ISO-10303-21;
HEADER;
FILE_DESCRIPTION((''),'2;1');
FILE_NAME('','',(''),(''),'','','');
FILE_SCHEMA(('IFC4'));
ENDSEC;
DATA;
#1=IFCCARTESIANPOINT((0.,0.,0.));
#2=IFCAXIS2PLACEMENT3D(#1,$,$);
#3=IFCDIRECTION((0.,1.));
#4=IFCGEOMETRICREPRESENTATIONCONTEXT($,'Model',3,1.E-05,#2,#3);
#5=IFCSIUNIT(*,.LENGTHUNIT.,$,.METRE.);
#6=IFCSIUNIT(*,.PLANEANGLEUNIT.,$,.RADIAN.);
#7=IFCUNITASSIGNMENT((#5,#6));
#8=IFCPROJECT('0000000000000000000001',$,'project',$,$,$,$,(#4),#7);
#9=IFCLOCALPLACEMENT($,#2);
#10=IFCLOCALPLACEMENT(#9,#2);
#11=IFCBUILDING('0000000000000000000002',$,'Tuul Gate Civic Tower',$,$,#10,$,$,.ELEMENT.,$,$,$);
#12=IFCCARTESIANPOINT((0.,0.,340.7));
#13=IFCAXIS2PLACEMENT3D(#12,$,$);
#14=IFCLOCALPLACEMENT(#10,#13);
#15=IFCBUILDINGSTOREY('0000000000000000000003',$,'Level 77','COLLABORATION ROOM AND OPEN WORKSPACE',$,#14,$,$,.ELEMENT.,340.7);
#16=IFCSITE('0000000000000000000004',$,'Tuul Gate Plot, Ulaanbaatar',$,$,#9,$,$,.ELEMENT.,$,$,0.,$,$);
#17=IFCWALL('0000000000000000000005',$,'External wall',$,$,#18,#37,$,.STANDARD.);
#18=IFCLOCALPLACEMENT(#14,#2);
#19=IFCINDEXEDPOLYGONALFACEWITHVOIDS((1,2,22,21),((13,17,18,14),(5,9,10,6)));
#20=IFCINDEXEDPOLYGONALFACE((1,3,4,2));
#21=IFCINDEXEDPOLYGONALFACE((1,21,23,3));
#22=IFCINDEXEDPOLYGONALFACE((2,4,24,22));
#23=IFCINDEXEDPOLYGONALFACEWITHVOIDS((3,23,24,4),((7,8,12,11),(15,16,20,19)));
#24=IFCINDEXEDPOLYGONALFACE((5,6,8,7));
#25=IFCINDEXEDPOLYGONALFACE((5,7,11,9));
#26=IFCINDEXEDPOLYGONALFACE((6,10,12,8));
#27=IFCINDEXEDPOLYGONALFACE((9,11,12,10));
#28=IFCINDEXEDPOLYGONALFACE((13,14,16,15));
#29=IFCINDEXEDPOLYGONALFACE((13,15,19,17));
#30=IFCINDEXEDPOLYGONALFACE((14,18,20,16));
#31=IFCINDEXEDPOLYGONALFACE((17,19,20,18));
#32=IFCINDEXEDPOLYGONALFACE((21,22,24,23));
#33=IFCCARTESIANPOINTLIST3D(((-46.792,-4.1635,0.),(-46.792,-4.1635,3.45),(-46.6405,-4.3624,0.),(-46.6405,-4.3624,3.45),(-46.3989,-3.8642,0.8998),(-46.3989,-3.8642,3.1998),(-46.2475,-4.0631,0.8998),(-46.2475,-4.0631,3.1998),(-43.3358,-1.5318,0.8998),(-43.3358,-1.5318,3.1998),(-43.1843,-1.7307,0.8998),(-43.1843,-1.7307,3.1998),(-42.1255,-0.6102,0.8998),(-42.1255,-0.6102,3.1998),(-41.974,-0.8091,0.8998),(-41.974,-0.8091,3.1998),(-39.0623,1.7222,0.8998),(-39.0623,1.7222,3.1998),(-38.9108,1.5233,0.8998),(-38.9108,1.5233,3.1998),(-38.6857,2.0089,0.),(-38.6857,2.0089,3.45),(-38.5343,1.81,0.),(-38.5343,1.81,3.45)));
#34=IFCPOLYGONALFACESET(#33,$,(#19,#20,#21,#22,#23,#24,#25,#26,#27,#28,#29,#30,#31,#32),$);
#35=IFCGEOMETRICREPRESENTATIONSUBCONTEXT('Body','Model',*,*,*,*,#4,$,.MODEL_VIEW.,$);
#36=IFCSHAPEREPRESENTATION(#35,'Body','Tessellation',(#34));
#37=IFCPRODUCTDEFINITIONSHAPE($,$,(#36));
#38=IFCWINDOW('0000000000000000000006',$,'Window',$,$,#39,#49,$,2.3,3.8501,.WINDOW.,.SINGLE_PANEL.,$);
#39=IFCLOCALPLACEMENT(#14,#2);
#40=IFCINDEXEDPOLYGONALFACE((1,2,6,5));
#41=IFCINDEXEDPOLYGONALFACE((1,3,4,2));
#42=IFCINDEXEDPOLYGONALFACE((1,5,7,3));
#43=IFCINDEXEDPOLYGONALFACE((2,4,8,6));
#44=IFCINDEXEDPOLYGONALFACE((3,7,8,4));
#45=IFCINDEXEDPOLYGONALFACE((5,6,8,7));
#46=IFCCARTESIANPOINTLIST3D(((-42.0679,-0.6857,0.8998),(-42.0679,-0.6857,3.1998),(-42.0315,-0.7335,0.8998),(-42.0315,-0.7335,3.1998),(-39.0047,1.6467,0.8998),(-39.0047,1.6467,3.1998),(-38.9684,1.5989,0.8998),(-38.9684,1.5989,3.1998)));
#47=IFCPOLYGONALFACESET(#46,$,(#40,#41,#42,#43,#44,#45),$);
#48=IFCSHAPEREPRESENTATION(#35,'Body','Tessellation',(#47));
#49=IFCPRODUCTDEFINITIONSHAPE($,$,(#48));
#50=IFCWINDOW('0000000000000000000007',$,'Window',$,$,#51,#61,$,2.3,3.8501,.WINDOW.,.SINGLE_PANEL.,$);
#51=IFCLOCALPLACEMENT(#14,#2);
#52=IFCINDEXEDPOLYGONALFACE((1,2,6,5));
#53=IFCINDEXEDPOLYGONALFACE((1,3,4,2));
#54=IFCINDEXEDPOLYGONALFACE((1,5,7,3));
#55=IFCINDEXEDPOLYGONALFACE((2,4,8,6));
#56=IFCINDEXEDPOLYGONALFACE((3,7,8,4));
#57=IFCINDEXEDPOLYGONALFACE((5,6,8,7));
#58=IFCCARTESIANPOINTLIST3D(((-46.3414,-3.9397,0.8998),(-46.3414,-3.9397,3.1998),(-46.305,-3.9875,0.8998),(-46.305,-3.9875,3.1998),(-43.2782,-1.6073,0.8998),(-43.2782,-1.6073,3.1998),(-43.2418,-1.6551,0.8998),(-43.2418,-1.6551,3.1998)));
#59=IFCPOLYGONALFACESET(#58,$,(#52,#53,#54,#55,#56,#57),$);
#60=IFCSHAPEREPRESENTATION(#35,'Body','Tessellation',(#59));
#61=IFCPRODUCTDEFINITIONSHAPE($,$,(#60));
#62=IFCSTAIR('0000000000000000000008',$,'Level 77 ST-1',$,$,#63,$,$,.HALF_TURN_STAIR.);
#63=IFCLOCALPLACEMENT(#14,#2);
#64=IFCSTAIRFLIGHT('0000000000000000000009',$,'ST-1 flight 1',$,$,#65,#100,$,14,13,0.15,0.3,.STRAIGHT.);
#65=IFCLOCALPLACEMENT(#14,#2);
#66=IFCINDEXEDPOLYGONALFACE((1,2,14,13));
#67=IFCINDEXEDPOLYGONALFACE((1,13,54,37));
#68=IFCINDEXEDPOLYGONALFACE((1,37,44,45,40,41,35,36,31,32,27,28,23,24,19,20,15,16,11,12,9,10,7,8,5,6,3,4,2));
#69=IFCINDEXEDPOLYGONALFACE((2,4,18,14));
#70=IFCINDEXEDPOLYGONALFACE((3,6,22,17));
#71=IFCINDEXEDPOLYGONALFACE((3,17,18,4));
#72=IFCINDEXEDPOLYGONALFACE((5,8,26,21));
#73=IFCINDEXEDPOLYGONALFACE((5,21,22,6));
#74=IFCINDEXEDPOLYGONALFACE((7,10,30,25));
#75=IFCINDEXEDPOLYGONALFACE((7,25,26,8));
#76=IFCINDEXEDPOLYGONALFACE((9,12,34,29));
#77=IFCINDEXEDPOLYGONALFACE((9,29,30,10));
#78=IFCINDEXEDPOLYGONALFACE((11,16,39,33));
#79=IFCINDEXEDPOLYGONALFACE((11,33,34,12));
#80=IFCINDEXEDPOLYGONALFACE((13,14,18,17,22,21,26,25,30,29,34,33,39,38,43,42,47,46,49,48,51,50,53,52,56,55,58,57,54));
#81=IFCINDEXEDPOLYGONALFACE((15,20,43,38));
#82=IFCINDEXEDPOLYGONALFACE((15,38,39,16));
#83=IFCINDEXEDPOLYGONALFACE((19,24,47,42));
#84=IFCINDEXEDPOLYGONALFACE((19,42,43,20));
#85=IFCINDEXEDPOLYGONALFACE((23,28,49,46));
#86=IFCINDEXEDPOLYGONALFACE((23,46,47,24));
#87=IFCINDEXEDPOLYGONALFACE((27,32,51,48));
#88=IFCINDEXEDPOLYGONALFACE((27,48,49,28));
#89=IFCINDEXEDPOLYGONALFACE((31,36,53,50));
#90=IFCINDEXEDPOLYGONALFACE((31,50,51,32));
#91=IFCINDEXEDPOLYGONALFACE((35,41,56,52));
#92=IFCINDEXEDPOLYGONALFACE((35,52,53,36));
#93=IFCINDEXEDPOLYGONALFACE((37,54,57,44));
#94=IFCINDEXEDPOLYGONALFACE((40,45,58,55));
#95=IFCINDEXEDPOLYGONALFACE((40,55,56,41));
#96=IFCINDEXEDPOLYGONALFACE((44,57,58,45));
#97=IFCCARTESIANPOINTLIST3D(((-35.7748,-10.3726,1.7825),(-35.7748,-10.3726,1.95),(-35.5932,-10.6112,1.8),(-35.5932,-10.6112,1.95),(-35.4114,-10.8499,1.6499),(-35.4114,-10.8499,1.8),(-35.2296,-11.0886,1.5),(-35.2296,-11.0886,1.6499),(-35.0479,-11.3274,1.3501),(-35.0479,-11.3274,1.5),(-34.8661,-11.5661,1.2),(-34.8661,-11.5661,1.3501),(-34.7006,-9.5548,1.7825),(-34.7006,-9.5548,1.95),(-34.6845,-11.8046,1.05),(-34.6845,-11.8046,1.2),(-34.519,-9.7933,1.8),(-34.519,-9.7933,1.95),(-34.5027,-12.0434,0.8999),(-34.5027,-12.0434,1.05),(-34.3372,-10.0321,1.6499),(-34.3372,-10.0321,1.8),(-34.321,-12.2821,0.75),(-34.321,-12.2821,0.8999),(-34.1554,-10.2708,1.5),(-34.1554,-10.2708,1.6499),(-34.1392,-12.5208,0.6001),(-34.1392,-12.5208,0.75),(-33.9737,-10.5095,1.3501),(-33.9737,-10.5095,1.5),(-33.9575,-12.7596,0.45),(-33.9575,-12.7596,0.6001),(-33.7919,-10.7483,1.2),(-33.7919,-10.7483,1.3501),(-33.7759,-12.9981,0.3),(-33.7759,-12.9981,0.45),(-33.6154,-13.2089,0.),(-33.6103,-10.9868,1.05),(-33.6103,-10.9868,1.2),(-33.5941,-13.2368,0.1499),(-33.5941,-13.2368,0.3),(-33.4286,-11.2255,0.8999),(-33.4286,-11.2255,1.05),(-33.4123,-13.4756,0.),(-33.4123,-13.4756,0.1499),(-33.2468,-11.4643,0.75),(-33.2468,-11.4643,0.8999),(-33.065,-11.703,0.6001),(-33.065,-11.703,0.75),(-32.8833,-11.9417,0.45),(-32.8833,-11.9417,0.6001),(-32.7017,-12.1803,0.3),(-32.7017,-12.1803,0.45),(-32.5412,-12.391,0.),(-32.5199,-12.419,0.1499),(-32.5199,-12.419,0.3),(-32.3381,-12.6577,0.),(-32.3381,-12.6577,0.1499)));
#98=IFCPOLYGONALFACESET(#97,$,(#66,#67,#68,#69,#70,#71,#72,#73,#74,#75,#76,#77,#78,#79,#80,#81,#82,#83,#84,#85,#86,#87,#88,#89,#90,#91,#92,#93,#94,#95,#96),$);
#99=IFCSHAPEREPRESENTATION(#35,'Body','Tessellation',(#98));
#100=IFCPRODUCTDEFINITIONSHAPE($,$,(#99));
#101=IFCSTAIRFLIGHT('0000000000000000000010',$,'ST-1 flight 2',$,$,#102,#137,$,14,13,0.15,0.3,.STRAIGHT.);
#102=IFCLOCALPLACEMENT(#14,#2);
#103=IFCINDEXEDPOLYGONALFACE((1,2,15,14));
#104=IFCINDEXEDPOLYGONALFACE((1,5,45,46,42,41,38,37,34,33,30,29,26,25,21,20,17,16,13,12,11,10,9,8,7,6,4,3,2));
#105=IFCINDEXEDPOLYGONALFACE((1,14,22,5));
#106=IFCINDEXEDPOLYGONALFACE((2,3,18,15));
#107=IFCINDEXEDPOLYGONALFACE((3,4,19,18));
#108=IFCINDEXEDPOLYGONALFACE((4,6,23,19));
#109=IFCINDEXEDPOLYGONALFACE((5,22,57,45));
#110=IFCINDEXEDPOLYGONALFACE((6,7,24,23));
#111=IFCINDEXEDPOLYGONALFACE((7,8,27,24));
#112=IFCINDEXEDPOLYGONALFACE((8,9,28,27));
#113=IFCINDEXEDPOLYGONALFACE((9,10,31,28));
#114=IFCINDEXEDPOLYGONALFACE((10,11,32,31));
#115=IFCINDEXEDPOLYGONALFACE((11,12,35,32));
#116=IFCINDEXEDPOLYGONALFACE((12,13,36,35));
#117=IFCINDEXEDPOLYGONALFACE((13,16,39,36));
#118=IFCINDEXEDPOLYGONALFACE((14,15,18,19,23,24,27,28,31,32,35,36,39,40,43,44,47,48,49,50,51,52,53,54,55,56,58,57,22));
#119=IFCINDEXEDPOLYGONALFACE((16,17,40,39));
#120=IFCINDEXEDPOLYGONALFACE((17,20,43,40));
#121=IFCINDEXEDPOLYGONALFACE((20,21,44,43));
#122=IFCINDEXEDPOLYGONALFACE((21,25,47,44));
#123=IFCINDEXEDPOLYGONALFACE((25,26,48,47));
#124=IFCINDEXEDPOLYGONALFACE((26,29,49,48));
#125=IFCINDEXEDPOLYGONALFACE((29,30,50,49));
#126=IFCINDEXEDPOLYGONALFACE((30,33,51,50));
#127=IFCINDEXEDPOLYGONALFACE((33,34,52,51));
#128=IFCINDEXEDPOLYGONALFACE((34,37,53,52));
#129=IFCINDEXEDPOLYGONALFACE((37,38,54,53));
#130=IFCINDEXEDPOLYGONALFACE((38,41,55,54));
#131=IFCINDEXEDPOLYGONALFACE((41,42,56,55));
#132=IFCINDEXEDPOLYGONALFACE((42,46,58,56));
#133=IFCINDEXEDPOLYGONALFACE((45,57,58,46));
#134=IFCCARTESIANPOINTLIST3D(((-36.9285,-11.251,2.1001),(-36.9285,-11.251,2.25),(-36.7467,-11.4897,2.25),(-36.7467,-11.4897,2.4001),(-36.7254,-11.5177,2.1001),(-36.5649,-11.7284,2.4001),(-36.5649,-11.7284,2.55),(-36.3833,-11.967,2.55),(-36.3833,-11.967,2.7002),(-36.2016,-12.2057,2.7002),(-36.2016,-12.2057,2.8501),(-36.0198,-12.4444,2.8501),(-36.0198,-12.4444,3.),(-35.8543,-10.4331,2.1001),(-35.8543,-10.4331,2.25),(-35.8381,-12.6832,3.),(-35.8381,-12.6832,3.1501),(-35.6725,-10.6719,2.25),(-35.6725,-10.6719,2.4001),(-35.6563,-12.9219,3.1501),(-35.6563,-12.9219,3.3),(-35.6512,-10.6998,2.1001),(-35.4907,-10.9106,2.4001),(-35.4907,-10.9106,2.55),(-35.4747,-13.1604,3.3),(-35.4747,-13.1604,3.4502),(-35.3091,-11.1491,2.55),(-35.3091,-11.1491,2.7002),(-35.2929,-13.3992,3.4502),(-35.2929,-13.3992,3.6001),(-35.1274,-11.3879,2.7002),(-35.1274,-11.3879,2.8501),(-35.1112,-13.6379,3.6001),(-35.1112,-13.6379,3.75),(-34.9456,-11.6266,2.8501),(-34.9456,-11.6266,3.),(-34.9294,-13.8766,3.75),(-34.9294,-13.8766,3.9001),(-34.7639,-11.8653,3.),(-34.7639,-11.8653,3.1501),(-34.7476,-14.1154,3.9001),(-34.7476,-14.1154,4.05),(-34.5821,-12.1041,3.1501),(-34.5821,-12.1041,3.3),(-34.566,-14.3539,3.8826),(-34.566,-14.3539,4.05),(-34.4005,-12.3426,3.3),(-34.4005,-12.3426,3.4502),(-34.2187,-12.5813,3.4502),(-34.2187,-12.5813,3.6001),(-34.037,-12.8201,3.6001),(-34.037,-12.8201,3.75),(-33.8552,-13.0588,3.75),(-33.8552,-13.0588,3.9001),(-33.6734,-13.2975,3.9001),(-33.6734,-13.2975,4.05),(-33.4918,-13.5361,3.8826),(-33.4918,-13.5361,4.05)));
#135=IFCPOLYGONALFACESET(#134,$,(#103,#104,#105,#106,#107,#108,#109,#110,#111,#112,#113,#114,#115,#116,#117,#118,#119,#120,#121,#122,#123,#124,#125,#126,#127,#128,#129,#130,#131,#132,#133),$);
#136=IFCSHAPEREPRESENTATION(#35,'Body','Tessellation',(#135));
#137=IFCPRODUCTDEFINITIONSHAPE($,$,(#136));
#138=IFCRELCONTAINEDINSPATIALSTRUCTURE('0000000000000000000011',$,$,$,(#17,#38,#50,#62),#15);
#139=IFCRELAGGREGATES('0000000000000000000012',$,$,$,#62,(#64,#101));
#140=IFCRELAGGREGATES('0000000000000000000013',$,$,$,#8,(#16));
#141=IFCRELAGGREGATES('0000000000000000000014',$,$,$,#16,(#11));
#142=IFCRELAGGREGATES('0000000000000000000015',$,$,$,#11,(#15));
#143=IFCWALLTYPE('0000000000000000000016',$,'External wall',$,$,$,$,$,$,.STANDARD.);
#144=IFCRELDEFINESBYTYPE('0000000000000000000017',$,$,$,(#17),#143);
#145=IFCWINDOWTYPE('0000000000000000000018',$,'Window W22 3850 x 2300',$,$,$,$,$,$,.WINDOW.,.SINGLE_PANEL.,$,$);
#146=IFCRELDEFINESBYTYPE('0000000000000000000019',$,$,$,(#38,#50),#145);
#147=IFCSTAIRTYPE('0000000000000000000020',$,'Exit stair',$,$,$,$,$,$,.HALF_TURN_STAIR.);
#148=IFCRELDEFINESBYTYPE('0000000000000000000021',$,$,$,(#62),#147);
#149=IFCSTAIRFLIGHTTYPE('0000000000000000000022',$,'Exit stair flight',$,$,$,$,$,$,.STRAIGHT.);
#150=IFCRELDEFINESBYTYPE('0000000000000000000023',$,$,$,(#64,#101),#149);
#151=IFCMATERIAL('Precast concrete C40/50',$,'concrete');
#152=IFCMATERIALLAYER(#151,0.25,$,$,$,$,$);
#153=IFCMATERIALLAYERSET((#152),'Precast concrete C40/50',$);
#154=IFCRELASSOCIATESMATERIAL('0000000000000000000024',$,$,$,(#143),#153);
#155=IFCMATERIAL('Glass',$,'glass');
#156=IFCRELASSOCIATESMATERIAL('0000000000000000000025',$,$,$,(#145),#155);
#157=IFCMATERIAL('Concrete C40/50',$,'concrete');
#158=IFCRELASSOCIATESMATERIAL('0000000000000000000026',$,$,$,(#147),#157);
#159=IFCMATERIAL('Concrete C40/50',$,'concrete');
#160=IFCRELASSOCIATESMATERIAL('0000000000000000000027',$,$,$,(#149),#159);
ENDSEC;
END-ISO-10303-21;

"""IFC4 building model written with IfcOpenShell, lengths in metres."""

from ifc_helpers import new_model, si_unit, direction, frame, frame_2d, origin, place, context, subcontext, project, spatial, polyline, rectangle, outline, extrude, material, layer, layer_set, type_object, element, fill, aggregate, save


model = new_model("IFC4")

# Units and contexts
model_context = context("Model", 3, precision=1e-05, world=origin(), true_north=direction((0.0, 1.0)))
body_context = subcontext(model_context, "Body", "Model", "MODEL_VIEW")
ifc_project = project(units=[si_unit("LENGTHUNIT", "METRE"), si_unit("PLANEANGLEUNIT", "RADIAN")], contexts=[model_context])

# Site, building, storey
site_placement = place(None, origin())
site = spatial("IfcSite", under=ifc_project, at=site_placement, Name="Tuul Gate Plot, Ulaanbaatar", CompositionType="ELEMENT", RefElevation=0.0)
building_placement = place(site_placement, origin())
building = spatial("IfcBuilding", under=site, at=building_placement, Name="Tuul Gate Civic Tower", CompositionType="ELEMENT")
storey_placement = place(building_placement, frame((0.0, 0.0, 340.7)))
storey = spatial("IfcBuildingStorey", under=building, at=storey_placement, Name="Level 77", Description="COLLABORATION ROOM AND OPEN WORKSPACE", CompositionType="ELEMENT", Elevation=340.7)

# Wall, openings, windows
ifc_material_1 = material(Name="Precast concrete C40/50", Category="concrete")
ifc_layer_1 = layer(ifc_material_1, 0.25)
ifc_layer_set_1 = layer_set([ifc_layer_1], Name="Precast concrete C40/50")
wall_type_1 = type_object("IfcWallType", Name="External wall", PredefinedType="STANDARD", material=ifc_layer_set_1)
wall_1_placement = place(storey_placement, frame((-38.6101, 1.9094, 0.0), z_axis=(0.0, 0.0, 1.0), x_axis=(-0.795611, -0.605808, 0.0)))
wall_1 = element("IfcWall", 1, at=wall_1_placement, inside=storey, type_object=wall_type_1, Name="External wall", PredefinedType="STANDARD", context=body_context, shape_type="SweptSolid", body=[
    extrude(rectangle(XDim=10.1887, YDim=0.25, at=frame_2d((5.0942, 0.0))), origin(), (0.0, 0.0, 1.0), 3.45),
])
opening_1_placement = place(wall_1_placement, frame((0.4731, 0.0, 0.8999)))
opening_1 = element("IfcOpeningElement", 2, at=opening_1_placement, cuts=wall_1, PredefinedType="OPENING", context=body_context, shape_type="SweptSolid", body=[
    extrude(rectangle(XDim=3.8501, YDim=2.3, at=frame_2d((1.925, 1.1499))), frame((0.0, 0.135, 0.0), z_axis=(0.0, -1.0, 0.0), x_axis=(1.0, 0.0, 0.0)), (0.0, 0.0, 1.0), 0.27),
])
opening_2_placement = place(wall_1_placement, frame((5.8445, 0.0, 0.8999)))
opening_2 = element("IfcOpeningElement", 3, at=opening_2_placement, cuts=wall_1, PredefinedType="OPENING", context=body_context, shape_type="SweptSolid", body=[
    extrude(rectangle(XDim=3.8501, YDim=2.3, at=frame_2d((1.925, 1.1499))), frame((0.0, 0.135, 0.0), z_axis=(0.0, -1.0, 0.0), x_axis=(1.0, 0.0, 0.0)), (0.0, 0.0, 1.0), 0.27),
])
ifc_material_2 = material(Name="Glass", Category="glass")
window_type = type_object("IfcWindowType", Name="Window W22 3850 x 2300", PartitioningType="SINGLE_PANEL", PredefinedType="WINDOW", material=ifc_material_2)
window_1_placement = place(opening_1_placement, origin())
window_1 = element("IfcWindow", 4, at=window_1_placement, inside=storey, type_object=window_type, Name="Window", OverallHeight=2.3, OverallWidth=3.8501, PartitioningType="SINGLE_PANEL", PredefinedType="WINDOW", context=body_context, shape_type="SweptSolid", body=[
    extrude(rectangle(XDim=3.8501, YDim=2.3, at=frame_2d((1.925, 1.1499))), frame((0.0, 0.03, 0.0), z_axis=(0.0, -1.0, 0.0), x_axis=(1.0, 0.0, 0.0)), (0.0, 0.0, 1.0), 0.0601),
])
fill(opening_1, window_1)
window_2_placement = place(opening_2_placement, origin())
window_2 = element("IfcWindow", 5, at=window_2_placement, inside=storey, type_object=window_type, Name="Window", OverallHeight=2.3, OverallWidth=3.8501, PartitioningType="SINGLE_PANEL", PredefinedType="WINDOW", context=body_context, shape_type="SweptSolid", body=[
    extrude(rectangle(XDim=3.8501, YDim=2.3, at=frame_2d((1.925, 1.1499))), frame((0.0, 0.03, 0.0), z_axis=(0.0, -1.0, 0.0), x_axis=(1.0, 0.0, 0.0)), (0.0, 0.0, 1.0), 0.0601),
])
fill(opening_2, window_2)

# Stair, stair flights
ifc_material_3 = material(Name="Concrete C40/50", Category="concrete")
stair_type = type_object("IfcStairType", Name="Exit stair", PredefinedType="HALF_TURN_STAIR", material=ifc_material_3)
stair_placement = place(storey_placement, origin())
stair = element("IfcStair", 6, at=stair_placement, inside=storey, type_object=stair_type, Name="Level 77 ST-1", PredefinedType="HALF_TURN_STAIR")
ifc_material_4 = material(Name="Concrete C40/50", Category="concrete")
stair_flight_type = type_object("IfcStairFlightType", Name="Exit stair flight", PredefinedType="STRAIGHT", material=ifc_material_4)
stair_flight_1_placement = place(storey_placement, frame((-32.8752, -13.0667, 0.0), z_axis=(0.0, 0.0, 1.0), x_axis=(-0.605764, 0.795644, 0.0)))
stair_flight_1 = element("IfcStairFlight", 7, at=stair_flight_1_placement, type_object=stair_flight_type, Name="ST-1 flight 1", NumberOfRisers=14, NumberOfTreads=13, PredefinedType="STRAIGHT", RiserHeight=0.15, TreadLength=0.3, context=body_context, shape_type="SweptSolid", body=[
    extrude(outline(polyline([(0.0, 0.0), (0.0, 0.1499), (0.3, 0.1499), (0.3, 0.3), (0.6001, 0.3), (0.6001, 0.45), (0.8999, 0.45), (0.8999, 0.6001), (1.2, 0.6001), (1.2, 0.75), (1.5, 0.75), (1.5, 0.8999), (1.8, 0.8999), (1.8, 1.05), (2.1001, 1.05), (2.1001, 1.2), (2.3999, 1.2), (2.3999, 1.3501), (2.7, 1.3501), (2.7, 1.5), (3.0, 1.5), (3.0, 1.6499), (3.3, 1.6499), (3.3, 1.8), (3.6001, 1.8), (3.6001, 1.95), (3.8999, 1.95), (3.8999, 2.1001), (3.8999, 1.7825), (0.3352, 0.0), (0.0, 0.0)])), frame((0.0, 0.675, 0.0), z_axis=(0.0, -1.0, 0.0), x_axis=(1.0, 0.0, 0.0)), (0.0, 0.0, 1.0), 1.3501),
])
stair_flight_2_placement = place(storey_placement, frame((-36.3914, -10.842, 2.1001), z_axis=(0.0, 0.0, 1.0), x_axis=(0.605764, -0.795644, 0.0)))
stair_flight_2 = element("IfcStairFlight", 8, at=stair_flight_2_placement, type_object=stair_flight_type, Name="ST-1 flight 2", NumberOfRisers=14, NumberOfTreads=13, PredefinedType="STRAIGHT", RiserHeight=0.15, TreadLength=0.3, context=body_context, shape_type="SweptSolid", body=[
    extrude(outline(polyline([(0.0, 0.0), (0.0, 0.1499), (0.3, 0.1499), (0.3, 0.3), (0.6001, 0.3), (0.6001, 0.45), (0.8999, 0.45), (0.8999, 0.6001), (1.2, 0.6001), (1.2, 0.75), (1.5, 0.75), (1.5, 0.8999), (1.8, 0.8999), (1.8, 1.05), (2.1001, 1.05), (2.1001, 1.2), (2.3999, 1.2), (2.3999, 1.3501), (2.7, 1.3501), (2.7, 1.5), (3.0, 1.5), (3.0, 1.6499), (3.3, 1.6499), (3.3, 1.8), (3.6001, 1.8), (3.6001, 1.95), (3.8999, 1.95), (3.8999, 2.1001), (3.8999, 1.7825), (0.3352, 0.0), (0.0, 0.0)])), frame((0.0, 0.675, 0.0), z_axis=(0.0, -1.0, 0.0), x_axis=(1.0, 0.0, 0.0)), (0.0, 0.0, 1.0), 1.3501),
])
aggregate(stair, [stair_flight_1, stair_flight_2])

save(model, "model.ifc")
